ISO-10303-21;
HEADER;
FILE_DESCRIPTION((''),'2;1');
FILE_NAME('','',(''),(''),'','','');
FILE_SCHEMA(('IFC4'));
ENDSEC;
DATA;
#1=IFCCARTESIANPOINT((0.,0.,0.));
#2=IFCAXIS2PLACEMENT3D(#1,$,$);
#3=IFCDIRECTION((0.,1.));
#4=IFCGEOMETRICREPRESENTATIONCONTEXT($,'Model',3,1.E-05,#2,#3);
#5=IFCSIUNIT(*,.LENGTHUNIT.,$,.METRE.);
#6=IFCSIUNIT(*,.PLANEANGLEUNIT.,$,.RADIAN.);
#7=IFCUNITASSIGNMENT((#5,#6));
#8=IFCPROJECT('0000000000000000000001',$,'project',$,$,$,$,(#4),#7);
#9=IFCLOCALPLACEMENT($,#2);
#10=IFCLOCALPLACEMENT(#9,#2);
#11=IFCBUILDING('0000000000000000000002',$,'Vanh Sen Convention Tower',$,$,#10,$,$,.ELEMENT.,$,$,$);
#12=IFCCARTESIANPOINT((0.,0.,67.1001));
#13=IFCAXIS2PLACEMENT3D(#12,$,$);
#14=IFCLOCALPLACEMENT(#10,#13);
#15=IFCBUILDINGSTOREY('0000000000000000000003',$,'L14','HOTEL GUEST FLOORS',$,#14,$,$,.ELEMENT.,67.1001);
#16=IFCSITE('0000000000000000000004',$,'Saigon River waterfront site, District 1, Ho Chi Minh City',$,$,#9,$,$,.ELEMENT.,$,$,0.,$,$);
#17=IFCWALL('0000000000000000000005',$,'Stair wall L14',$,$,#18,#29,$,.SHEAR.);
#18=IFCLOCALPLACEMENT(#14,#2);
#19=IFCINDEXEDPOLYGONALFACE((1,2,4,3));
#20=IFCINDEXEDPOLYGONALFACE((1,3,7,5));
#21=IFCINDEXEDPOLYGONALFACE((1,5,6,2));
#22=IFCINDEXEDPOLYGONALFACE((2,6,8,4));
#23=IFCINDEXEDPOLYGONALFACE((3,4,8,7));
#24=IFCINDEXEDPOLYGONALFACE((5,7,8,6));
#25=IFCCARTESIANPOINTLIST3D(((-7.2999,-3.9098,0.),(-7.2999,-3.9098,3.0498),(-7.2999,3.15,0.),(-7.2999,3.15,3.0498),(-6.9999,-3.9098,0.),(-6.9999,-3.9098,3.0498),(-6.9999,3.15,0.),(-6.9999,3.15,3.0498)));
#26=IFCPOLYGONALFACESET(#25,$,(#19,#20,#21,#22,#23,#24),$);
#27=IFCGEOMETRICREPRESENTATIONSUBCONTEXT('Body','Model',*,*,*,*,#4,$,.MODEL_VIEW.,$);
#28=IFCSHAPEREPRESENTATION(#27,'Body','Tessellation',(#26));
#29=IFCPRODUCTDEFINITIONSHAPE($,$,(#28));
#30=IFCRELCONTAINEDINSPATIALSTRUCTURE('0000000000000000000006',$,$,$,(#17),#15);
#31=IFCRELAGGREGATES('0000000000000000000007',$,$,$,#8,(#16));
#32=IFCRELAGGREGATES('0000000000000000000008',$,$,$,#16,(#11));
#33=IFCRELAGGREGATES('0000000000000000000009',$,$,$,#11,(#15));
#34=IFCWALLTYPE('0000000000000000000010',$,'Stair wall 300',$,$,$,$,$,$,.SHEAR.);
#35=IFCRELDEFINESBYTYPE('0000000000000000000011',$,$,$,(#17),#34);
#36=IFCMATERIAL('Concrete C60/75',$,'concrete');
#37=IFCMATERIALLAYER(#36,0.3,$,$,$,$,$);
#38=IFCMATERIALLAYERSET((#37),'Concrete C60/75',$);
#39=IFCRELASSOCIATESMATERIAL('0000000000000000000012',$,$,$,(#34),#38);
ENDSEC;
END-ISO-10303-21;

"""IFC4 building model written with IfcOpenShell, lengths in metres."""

from ifc_helpers import new_model, si_unit, direction, frame, frame_2d, origin, place, context, subcontext, project, spatial, rectangle, extrude, material, layer, layer_set, type_object, element, save


model = new_model("IFC4")

# Units and contexts
model_context = context("Model", 3, precision=1e-05, world=origin(), true_north=direction((0.0, 1.0)))
body_context = subcontext(model_context, "Body", "Model", "MODEL_VIEW")
ifc_project = project(units=[si_unit("LENGTHUNIT", "METRE"), si_unit("PLANEANGLEUNIT", "RADIAN")], contexts=[model_context])

# Site, building, storey
site_placement = place(None, origin())
site = spatial("IfcSite", under=ifc_project, at=site_placement, Name="Saigon River waterfront site, District 1, Ho Chi Minh City", CompositionType="ELEMENT", RefElevation=0.0)
building_placement = place(site_placement, origin())
building = spatial("IfcBuilding", under=site, at=building_placement, Name="Vanh Sen Convention Tower", CompositionType="ELEMENT")
storey_placement = place(building_placement, frame((0.0, 0.0, 67.1001)))
storey = spatial("IfcBuildingStorey", under=building, at=storey_placement, Name="L14", Description="HOTEL GUEST FLOORS", CompositionType="ELEMENT", Elevation=67.1001)

# Shared definitions
ifc_material_1 = material(Name="Concrete C60/75", Category="concrete")

# Shared definitions
ifc_layer_1 = layer(ifc_material_1, 0.3)
ifc_layer_set_1 = layer_set([ifc_layer_1], Name="Concrete C60/75")
wall_type_1 = type_object("IfcWallType", Name="Stair wall 300", PredefinedType="SHEAR", material=ifc_layer_set_1)

# Wall
for number, where, z_axis, x_axis, name in (
    (1, (-7.1499, 3.1499, 0.0), (0.0, 0.0, 1.0), (0.0, -1.0, 0.0), "Stair wall L14"),
):
    element("IfcWall", number, at=place(storey_placement, frame(where, z_axis=z_axis, x_axis=x_axis)), inside=storey, type_object=wall_type_1, Name=name, PredefinedType="SHEAR", context=body_context, shape_type="SweptSolid", body=[
        extrude(rectangle(XDim=7.0598, YDim=0.3, at=frame_2d((3.5298, 0.0))), origin(), (0.0, 0.0, 1.0), 3.0498),
    ])

save(model, "model.ifc")
